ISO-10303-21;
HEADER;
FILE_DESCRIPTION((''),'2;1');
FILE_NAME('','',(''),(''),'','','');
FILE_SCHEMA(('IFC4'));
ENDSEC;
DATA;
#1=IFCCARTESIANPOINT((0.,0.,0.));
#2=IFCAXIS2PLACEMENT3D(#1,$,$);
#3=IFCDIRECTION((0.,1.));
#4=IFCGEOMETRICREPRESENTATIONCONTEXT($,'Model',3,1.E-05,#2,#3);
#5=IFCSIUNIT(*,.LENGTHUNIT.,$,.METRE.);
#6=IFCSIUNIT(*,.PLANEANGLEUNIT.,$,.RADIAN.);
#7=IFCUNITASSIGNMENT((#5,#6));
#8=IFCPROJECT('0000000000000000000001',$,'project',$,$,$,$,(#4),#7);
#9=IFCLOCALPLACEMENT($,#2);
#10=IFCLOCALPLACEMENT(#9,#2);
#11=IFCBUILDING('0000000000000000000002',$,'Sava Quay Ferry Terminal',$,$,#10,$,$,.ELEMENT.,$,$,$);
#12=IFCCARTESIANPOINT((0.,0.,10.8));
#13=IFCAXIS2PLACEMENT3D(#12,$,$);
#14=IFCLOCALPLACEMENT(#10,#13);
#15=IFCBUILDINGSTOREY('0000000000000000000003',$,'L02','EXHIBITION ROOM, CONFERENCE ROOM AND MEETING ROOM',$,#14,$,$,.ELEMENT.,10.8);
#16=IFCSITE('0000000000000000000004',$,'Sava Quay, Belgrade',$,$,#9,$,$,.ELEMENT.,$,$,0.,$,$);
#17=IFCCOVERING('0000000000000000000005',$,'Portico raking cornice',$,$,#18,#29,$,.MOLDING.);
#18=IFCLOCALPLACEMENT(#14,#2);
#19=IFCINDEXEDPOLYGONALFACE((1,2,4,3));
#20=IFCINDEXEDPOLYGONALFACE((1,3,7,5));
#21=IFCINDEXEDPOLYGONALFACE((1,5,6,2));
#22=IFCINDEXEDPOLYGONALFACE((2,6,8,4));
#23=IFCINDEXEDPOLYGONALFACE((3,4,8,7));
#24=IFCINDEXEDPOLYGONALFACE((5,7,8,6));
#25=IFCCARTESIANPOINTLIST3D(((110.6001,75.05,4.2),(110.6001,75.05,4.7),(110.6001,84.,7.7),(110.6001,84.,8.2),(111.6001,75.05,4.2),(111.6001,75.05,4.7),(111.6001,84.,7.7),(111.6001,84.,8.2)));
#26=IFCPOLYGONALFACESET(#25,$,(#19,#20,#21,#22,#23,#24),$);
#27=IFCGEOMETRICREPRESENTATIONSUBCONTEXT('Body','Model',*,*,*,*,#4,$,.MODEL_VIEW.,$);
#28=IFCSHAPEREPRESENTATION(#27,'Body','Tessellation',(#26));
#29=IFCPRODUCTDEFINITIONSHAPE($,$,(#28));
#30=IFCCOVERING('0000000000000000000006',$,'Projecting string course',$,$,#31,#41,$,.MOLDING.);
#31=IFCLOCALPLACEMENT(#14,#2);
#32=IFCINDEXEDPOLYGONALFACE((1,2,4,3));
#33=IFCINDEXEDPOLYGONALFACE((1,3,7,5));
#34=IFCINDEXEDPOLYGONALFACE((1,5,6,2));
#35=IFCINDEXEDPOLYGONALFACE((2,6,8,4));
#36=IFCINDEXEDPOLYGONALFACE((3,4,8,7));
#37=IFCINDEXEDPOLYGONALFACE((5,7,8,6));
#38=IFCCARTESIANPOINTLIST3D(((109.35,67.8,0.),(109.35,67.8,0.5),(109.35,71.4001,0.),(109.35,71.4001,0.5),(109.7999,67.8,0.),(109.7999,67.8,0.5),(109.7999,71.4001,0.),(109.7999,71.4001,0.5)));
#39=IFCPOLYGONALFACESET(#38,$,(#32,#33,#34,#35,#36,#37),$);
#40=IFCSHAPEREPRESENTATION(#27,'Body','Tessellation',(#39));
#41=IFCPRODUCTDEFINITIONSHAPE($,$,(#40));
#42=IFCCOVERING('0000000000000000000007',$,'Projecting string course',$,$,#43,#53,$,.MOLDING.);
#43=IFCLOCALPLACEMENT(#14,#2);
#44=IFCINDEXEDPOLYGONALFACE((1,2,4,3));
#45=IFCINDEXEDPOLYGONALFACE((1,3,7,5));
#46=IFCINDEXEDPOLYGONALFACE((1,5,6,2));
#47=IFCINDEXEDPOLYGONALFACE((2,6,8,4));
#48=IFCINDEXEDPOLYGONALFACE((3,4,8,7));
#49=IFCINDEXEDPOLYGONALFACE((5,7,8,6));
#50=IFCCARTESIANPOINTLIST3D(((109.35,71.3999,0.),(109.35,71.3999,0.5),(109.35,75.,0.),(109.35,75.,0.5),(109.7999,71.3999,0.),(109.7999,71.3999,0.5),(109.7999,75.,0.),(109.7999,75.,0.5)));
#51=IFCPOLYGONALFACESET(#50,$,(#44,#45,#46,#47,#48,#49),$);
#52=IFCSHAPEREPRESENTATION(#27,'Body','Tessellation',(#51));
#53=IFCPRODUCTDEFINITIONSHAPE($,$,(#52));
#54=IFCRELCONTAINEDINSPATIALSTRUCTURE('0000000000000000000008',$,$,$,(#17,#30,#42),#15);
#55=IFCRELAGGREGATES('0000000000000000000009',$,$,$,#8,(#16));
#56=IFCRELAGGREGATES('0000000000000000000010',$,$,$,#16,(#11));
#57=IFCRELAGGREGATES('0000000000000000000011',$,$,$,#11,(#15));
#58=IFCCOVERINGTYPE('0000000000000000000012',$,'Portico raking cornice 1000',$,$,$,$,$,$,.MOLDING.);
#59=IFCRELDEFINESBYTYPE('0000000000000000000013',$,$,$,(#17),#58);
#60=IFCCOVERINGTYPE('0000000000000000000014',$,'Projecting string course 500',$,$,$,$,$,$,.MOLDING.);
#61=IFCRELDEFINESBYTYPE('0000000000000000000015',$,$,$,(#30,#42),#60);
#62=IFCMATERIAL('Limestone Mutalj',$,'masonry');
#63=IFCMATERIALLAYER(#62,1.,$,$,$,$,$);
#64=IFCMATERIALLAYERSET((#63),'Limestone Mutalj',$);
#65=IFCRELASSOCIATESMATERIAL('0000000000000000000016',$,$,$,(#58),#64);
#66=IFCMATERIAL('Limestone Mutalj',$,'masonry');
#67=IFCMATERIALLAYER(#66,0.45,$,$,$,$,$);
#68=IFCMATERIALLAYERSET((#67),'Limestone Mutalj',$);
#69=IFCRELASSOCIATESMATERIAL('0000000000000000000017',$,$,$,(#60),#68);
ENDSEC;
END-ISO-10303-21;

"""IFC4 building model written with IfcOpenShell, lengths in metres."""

from ifc_helpers import new_model, si_unit, direction, frame, origin, origin_2d, place, context, subcontext, project, spatial, polyline, rectangle, outline, extrude, material, layer, layer_set, type_object, element, save


model = new_model("IFC4")

# Units and contexts
model_context = context("Model", 3, precision=1e-05, world=origin(), true_north=direction((0.0, 1.0)))
body_context = subcontext(model_context, "Body", "Model", "MODEL_VIEW")
ifc_project = project(units=[si_unit("LENGTHUNIT", "METRE"), si_unit("PLANEANGLEUNIT", "RADIAN")], contexts=[model_context])

# Site, building, storey
site_placement = place(None, origin())
site = spatial("IfcSite", under=ifc_project, at=site_placement, Name="Sava Quay, Belgrade", CompositionType="ELEMENT", RefElevation=0.0)
building_placement = place(site_placement, origin())
building = spatial("IfcBuilding", under=site, at=building_placement, Name="Sava Quay Ferry Terminal", CompositionType="ELEMENT")
storey_placement = place(building_placement, frame((0.0, 0.0, 10.8)))
storey = spatial("IfcBuildingStorey", under=building, at=storey_placement, Name="L02", Description="EXHIBITION ROOM, CONFERENCE ROOM AND MEETING ROOM", CompositionType="ELEMENT", Elevation=10.8)

# Coverings
ifc_material_1 = material(Name="Limestone Mutalj", Category="masonry")
ifc_layer_1 = layer(ifc_material_1, 1.0)
ifc_layer_set_1 = layer_set([ifc_layer_1], Name="Limestone Mutalj")
covering_type_1 = type_object("IfcCoveringType", Name="Portico raking cornice 1000", PredefinedType="MOLDING", material=ifc_layer_set_1)
covering_1_placement = place(storey_placement, frame((111.6001, 75.05, 4.2), z_axis=(1.0, 0.0, 0.0), x_axis=(0.0, 0.931319, 0.364205)))
element("IfcCovering", 1, at=covering_1_placement, inside=storey, type_object=covering_type_1, Name="Portico raking cornice", PredefinedType="MOLDING", context=body_context, shape_type="SweptSolid", body=[
    extrude(outline(polyline([(0.0, 0.0), (9.61, 0.0), (9.7921, 0.4657), (0.1821, 0.4657), (0.0, 0.0)])), origin(), (0.0, 0.0, -1.0), 1.0),
])
ifc_material_2 = material(Name="Limestone Mutalj", Category="masonry")
ifc_layer_2 = layer(ifc_material_2, 0.45)
ifc_layer_set_2 = layer_set([ifc_layer_2], Name="Limestone Mutalj")
covering_type_2 = type_object("IfcCoveringType", Name="Projecting string course 500", PredefinedType="MOLDING", material=ifc_layer_set_2)
for number, where, z_axis, x_axis, name in (
    (2, (109.575, 69.6001, 0.0), (0.0, 0.0, 1.0), (1.0, 0.0, 0.0), "Projecting string course"),
    (3, (109.575, 73.2, 0.0), (0.0, 0.0, 1.0), (1.0, 0.0, 0.0), "Projecting string course"),
):
    element("IfcCovering", number, at=place(storey_placement, frame(where, z_axis=z_axis, x_axis=x_axis)), inside=storey, type_object=covering_type_2, Name=name, PredefinedType="MOLDING", context=body_context, shape_type="SweptSolid", body=[
        extrude(rectangle(XDim=0.45, YDim=3.6001, at=origin_2d()), origin(), (0.0, 0.0, 1.0), 0.5),
    ])

save(model, "model.ifc")
